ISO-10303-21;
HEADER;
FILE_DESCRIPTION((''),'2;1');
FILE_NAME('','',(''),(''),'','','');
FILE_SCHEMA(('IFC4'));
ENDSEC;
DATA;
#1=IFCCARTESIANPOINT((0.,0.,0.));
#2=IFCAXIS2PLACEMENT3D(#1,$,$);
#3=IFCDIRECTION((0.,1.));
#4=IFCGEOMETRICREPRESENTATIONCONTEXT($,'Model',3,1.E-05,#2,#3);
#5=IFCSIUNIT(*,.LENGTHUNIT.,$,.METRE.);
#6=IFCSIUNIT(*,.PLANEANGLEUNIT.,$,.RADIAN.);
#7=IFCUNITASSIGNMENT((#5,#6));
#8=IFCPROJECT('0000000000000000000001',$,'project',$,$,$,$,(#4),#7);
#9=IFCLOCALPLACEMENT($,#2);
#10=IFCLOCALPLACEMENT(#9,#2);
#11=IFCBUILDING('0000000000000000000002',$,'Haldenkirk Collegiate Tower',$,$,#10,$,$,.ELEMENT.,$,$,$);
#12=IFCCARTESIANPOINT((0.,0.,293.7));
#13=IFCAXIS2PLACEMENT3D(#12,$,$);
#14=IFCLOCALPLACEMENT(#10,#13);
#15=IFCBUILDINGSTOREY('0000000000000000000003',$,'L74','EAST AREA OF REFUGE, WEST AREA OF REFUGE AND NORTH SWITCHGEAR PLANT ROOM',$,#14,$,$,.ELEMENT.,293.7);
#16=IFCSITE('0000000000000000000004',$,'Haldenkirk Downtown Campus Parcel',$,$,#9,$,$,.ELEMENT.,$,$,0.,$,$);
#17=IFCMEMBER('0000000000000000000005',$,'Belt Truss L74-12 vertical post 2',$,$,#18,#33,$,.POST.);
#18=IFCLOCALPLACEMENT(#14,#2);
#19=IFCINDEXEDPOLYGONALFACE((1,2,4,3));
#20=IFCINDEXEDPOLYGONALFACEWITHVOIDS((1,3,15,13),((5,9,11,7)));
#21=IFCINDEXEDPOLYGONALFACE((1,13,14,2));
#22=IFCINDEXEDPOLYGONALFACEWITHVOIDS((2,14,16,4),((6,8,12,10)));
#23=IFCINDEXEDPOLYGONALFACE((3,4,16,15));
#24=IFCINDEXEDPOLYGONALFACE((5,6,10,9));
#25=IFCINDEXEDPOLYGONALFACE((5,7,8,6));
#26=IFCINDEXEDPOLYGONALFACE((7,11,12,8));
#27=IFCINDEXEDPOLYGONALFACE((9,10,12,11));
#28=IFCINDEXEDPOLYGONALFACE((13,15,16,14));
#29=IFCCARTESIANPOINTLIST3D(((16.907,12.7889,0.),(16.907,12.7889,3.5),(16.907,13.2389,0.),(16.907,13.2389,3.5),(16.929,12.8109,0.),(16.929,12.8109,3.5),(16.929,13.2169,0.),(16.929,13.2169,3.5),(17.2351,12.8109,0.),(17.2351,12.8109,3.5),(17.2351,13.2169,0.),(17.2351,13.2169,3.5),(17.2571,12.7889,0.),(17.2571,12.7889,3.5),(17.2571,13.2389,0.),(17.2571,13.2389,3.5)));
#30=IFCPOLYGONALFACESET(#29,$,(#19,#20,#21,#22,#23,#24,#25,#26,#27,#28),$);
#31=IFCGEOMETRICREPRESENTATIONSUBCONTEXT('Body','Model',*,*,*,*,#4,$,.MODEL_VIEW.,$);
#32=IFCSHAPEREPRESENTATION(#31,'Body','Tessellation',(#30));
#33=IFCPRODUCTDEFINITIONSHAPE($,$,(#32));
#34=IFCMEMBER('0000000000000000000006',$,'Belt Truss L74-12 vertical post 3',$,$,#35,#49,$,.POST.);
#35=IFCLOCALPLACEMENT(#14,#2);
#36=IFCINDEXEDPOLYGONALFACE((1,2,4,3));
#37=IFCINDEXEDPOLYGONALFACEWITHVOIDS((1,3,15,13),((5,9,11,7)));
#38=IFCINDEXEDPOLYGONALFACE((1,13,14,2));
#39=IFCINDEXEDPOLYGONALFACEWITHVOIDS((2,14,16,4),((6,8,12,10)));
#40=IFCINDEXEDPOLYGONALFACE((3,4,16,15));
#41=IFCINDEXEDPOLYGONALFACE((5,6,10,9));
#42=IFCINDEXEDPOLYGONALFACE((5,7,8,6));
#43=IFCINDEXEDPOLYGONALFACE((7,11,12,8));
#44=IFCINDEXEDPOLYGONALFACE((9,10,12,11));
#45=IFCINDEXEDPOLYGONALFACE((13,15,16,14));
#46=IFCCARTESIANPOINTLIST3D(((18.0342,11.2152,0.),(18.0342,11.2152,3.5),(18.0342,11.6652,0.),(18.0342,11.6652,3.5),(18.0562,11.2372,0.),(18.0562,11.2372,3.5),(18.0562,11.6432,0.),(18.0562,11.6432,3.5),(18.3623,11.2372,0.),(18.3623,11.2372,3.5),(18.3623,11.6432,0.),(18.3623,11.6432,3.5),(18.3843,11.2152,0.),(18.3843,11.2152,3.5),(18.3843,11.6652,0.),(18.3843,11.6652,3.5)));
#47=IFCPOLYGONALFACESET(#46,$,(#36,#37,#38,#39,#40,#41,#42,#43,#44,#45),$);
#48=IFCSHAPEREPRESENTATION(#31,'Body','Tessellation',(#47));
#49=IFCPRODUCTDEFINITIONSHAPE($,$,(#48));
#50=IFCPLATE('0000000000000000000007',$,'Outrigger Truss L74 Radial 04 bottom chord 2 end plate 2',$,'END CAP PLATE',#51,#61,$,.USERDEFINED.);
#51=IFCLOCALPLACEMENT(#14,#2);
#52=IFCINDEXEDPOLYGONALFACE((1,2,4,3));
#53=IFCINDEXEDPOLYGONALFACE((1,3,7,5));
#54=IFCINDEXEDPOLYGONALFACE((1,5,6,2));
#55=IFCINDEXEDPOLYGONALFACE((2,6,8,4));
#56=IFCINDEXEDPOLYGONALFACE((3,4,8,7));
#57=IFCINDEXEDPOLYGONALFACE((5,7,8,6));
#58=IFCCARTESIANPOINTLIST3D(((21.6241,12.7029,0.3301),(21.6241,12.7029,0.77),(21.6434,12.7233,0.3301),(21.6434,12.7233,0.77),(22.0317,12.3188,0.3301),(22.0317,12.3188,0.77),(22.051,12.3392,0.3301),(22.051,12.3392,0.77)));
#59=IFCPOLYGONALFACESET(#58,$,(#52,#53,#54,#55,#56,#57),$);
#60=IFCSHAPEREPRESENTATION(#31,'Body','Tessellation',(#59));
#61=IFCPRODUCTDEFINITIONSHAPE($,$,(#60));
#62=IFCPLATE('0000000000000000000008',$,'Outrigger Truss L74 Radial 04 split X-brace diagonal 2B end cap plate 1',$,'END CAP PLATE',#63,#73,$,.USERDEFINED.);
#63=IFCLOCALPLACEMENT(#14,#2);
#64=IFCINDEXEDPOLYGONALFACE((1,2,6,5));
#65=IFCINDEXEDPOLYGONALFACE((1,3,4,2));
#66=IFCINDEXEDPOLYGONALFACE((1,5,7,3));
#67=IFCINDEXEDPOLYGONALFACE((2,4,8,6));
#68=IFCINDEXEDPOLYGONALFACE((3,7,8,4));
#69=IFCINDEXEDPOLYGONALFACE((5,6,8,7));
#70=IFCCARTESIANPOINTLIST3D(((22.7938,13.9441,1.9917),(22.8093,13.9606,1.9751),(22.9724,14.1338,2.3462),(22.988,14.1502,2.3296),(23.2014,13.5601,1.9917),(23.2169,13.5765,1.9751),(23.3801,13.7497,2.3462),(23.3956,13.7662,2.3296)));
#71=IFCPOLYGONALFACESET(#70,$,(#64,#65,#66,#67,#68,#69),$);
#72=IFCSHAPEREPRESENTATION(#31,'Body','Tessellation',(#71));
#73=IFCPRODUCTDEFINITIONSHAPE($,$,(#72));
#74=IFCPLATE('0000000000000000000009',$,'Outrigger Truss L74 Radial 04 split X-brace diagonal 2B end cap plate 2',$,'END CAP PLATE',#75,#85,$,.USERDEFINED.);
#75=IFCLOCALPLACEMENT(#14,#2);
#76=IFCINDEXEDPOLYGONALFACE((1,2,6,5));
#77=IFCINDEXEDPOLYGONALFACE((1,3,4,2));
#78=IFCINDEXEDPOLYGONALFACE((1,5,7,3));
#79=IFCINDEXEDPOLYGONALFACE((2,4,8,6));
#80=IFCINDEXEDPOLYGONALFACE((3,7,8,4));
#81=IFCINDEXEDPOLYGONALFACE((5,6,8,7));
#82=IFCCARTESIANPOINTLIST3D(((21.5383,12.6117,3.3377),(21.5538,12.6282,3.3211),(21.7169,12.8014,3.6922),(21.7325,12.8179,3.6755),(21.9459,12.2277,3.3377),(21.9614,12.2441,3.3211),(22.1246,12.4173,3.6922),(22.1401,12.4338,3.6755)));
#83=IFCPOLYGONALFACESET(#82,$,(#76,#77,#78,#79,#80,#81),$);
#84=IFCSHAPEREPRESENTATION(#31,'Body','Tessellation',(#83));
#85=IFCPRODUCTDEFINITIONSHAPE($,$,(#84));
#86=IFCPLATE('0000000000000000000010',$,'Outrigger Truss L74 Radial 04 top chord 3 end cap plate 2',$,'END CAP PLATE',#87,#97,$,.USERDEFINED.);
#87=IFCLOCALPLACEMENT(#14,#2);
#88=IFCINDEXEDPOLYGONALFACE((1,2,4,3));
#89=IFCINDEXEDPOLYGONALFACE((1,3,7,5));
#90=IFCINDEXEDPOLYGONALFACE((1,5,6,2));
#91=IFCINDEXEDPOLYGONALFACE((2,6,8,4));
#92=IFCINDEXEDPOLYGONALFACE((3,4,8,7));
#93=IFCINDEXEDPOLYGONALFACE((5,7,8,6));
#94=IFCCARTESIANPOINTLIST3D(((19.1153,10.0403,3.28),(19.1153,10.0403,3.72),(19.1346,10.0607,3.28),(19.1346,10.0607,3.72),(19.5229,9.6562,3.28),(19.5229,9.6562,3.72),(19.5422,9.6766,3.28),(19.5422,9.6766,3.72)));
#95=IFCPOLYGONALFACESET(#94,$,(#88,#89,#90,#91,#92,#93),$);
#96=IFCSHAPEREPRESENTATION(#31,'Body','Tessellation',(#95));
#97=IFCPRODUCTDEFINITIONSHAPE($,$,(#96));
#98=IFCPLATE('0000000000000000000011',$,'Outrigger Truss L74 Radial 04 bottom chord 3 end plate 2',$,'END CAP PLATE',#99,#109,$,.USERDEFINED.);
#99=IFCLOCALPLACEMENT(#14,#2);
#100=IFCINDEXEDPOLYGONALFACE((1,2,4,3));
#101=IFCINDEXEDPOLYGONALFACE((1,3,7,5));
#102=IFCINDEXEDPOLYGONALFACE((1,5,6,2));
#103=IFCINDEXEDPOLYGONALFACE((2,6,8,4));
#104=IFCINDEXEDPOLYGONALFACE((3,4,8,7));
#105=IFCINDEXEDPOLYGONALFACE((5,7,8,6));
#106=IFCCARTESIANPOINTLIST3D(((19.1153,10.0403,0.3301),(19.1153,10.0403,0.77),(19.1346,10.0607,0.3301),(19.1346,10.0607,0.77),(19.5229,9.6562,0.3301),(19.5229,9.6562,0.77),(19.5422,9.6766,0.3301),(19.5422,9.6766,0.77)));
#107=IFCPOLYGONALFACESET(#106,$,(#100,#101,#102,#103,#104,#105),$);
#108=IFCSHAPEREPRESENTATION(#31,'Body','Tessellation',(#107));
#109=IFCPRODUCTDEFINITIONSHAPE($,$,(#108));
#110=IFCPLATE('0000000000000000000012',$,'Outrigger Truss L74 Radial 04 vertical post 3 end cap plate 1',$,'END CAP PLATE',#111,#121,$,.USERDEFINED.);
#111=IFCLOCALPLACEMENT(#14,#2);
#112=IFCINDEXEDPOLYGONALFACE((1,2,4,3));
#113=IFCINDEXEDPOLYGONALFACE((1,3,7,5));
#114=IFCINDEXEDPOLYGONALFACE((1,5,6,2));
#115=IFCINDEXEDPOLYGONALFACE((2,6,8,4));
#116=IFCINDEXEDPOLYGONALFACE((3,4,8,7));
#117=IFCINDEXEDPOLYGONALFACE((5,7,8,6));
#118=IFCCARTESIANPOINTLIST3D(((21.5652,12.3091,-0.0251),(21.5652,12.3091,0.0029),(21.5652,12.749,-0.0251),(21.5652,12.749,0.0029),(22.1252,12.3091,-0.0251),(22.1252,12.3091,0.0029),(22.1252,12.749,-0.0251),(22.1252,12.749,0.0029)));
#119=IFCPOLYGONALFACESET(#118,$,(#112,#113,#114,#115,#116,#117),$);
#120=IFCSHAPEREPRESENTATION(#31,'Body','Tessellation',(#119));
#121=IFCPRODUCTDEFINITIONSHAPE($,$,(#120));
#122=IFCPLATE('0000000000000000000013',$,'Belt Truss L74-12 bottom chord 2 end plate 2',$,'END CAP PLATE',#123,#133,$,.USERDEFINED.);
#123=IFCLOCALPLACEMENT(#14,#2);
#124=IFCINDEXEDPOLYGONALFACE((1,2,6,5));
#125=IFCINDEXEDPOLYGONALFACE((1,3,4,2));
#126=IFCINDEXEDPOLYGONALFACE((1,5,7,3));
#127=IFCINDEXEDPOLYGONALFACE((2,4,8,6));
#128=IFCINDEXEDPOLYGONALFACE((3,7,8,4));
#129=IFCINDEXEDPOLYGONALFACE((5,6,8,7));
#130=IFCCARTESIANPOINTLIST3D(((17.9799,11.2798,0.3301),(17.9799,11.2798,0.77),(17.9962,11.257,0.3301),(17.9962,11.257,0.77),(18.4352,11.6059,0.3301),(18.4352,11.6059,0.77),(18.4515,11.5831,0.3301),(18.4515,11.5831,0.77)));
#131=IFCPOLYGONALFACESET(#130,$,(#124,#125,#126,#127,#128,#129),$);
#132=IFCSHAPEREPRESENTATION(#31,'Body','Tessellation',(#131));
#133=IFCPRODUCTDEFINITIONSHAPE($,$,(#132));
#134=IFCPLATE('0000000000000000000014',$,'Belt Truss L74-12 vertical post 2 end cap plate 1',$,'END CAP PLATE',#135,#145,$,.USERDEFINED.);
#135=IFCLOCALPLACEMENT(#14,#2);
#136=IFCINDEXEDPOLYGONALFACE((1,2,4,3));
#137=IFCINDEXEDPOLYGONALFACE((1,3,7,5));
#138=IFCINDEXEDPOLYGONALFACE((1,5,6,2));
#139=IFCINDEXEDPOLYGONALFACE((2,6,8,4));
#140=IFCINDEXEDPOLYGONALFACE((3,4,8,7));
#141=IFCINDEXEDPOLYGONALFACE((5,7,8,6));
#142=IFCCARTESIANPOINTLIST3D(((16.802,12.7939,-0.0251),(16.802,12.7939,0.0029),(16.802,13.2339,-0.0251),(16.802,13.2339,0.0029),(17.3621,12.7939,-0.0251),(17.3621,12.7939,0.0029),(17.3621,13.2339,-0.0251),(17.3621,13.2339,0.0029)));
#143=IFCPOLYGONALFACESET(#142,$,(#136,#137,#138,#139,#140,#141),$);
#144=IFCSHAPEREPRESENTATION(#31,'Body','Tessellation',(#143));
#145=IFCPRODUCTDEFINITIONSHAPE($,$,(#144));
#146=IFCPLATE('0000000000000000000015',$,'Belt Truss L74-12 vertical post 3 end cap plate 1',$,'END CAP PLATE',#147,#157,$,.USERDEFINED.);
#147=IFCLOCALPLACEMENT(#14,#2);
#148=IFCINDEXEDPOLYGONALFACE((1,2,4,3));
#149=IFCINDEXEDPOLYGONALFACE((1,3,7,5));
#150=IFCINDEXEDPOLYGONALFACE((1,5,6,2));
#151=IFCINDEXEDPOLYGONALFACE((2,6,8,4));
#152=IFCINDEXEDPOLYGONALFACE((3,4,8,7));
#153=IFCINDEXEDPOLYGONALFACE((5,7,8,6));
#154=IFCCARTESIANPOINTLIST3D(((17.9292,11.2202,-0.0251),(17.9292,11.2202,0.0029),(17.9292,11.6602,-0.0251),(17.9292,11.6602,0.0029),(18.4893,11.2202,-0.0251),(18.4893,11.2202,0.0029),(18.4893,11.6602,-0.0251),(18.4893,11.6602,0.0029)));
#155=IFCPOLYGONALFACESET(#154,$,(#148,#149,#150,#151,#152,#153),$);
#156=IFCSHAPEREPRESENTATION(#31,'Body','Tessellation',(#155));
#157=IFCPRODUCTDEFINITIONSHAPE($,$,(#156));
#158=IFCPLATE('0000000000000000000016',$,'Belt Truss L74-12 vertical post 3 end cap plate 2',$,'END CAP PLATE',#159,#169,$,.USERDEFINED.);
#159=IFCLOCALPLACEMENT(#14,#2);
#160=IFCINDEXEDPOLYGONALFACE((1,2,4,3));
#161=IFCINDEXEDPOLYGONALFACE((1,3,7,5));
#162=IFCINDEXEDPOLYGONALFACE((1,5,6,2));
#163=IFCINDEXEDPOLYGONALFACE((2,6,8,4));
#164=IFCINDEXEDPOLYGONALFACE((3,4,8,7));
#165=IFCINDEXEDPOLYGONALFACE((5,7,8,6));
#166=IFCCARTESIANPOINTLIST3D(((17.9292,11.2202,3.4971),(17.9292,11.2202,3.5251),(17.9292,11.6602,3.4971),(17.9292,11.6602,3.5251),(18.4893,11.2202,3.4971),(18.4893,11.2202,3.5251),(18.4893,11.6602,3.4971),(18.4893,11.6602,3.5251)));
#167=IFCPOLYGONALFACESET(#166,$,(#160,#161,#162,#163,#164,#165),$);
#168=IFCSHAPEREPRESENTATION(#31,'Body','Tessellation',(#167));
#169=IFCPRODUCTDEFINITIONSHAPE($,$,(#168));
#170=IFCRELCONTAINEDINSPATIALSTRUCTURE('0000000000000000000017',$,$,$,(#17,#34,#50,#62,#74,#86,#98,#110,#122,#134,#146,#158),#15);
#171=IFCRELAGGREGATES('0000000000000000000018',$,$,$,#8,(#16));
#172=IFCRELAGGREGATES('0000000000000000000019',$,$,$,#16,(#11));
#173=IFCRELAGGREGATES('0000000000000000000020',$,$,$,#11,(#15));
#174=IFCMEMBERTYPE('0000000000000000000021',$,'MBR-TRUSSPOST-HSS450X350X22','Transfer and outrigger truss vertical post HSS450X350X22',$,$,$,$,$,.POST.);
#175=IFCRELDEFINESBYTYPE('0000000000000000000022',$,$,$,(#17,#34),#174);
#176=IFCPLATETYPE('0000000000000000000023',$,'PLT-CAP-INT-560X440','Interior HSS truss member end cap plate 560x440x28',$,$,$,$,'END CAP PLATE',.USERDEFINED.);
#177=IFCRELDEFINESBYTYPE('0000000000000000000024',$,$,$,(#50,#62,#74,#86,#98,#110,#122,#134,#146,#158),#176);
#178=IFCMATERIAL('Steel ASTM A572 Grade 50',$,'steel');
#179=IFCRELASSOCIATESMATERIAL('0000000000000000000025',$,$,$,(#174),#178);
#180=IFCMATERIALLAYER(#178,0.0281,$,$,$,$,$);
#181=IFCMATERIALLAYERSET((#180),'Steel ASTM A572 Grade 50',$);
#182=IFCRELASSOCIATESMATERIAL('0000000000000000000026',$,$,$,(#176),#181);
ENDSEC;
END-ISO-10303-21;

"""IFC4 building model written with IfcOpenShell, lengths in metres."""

from ifc_helpers import new_model, si_unit, direction, frame, origin, origin_2d, place, context, subcontext, project, spatial, rectangle, hollow_rectangle, extrude, source, transform, mapped, material, layer, layer_set, material_profile, profile_set, type_object, element, save


model = new_model("IFC4")

# Units and contexts
model_context = context("Model", 3, precision=1e-05, world=origin(), true_north=direction((0.0, 1.0)))
body_context = subcontext(model_context, "Body", "Model", "MODEL_VIEW")
ifc_project = project(units=[si_unit("LENGTHUNIT", "METRE"), si_unit("PLANEANGLEUNIT", "RADIAN")], contexts=[model_context])

# Site, building, storey
site_placement = place(None, origin())
site = spatial("IfcSite", under=ifc_project, at=site_placement, Name="Haldenkirk Downtown Campus Parcel", CompositionType="ELEMENT", RefElevation=0.0)
building_placement = place(site_placement, origin())
building = spatial("IfcBuilding", under=site, at=building_placement, Name="Haldenkirk Collegiate Tower", CompositionType="ELEMENT")
storey_placement = place(building_placement, frame((0.0, 0.0, 293.7)))
storey = spatial("IfcBuildingStorey", under=building, at=storey_placement, Name="L74", Description="EAST AREA OF REFUGE, WEST AREA OF REFUGE AND NORTH SWITCHGEAR PLANT ROOM", CompositionType="ELEMENT", Elevation=293.7)

# Members
ifc_material_1 = material(Name="Steel ASTM A572 Grade 50", Category="steel")
ifc_material_profile_1 = material_profile(ifc_material_1, hollow_rectangle(XDim=0.3501, YDim=0.45, WallThickness=0.022, at=origin_2d()), Name="HSS450X350X22")
ifc_profile_set_1 = profile_set([ifc_material_profile_1], Name="Steel ASTM A572 Grade 50")
member_type_1 = type_object("IfcMemberType", Name="MBR-TRUSSPOST-HSS450X350X22", Description="Transfer and outrigger truss vertical post HSS450X350X22", PredefinedType="POST", material=ifc_profile_set_1)
for number, where, z_axis, x_axis, name in (
    (1, (17.082, 13.0139, 0.0), (0.0, 0.0, 1.0), (1.0, 0.0, 0.0), "Belt Truss L74-12 vertical post 2"),
    (2, (18.2092, 11.4402, 0.0), (0.0, 0.0, 1.0), (1.0, 0.0, 0.0), "Belt Truss L74-12 vertical post 3"),
):
    element("IfcMember", number, at=place(storey_placement, frame(where, z_axis=z_axis, x_axis=x_axis)), inside=storey, type_object=member_type_1, Name=name, PredefinedType="POST", context=body_context, shape_type="SweptSolid", body=[
        extrude(hollow_rectangle(XDim=0.3501, YDim=0.45, WallThickness=0.022, at=origin_2d()), origin(), (0.0, 0.0, 1.0), 3.5),
    ])

# Plates
ifc_layer = layer(ifc_material_1, 0.0281)
ifc_layer_set = layer_set([ifc_layer], Name="Steel ASTM A572 Grade 50")
plate_type = type_object("IfcPlateType", Name="PLT-CAP-INT-560X440", Description="Interior HSS truss member end cap plate 560x440x28", ElementType="END CAP PLATE", PredefinedType="USERDEFINED", material=ifc_layer_set)
shared_shape = source(origin(), body_context, "Body", "SweptSolid", [
    extrude(rectangle(XDim=0.5601, YDim=0.4399, at=origin_2d()), origin(), (0.0, 0.0, 1.0), 0.0281),
])
for number, where, z_axis, x_axis, name in (
    (3, (21.8472, 12.5312, 0.55), (-0.685769, -0.727819, 0.0), (0.727819, -0.685769, 0.0), "Outrigger Truss L74 Radial 04 bottom chord 2 end plate 2"),
    (4, (23.0869, 13.8469, 2.1689), (0.552525, 0.586431, -0.592296), (-0.727834, 0.685753, 0.0), "Outrigger Truss L74 Radial 04 split X-brace diagonal 2B end cap plate 1"),
    (5, (21.8469, 12.531, 3.4983), (-0.552525, -0.586431, 0.592296), (0.727834, -0.685753, 0.0), "Outrigger Truss L74 Radial 04 split X-brace diagonal 2B end cap plate 2"),
    (6, (19.3384, 9.8687, 3.5), (-0.685774, -0.727815, 0.0), (0.727815, -0.685774, 0.0), "Outrigger Truss L74 Radial 04 top chord 3 end cap plate 2"),
    (7, (19.3384, 9.8687, 0.55), (-0.685769, -0.727819, 0.0), (0.727819, -0.685769, 0.0), "Outrigger Truss L74 Radial 04 bottom chord 3 end plate 2"),
    (8, (21.8452, 12.5291, 0.0029), (0.0, 0.0, -1.0), (1.0, 0.0, 0.0), "Outrigger Truss L74 Radial 04 vertical post 3 end cap plate 1"),
    (9, (18.2075, 11.4429, 0.55), (0.582308, -0.812968, 0.0), (0.812968, 0.582308, 0.0), "Belt Truss L74-12 bottom chord 2 end plate 2"),
    (10, (17.082, 13.0139, 0.0029), (0.0, 0.0, -1.0), (1.0, 0.0, 0.0), "Belt Truss L74-12 vertical post 2 end cap plate 1"),
    (11, (18.2092, 11.4402, 0.0029), (0.0, 0.0, -1.0), (1.0, 0.0, 0.0), "Belt Truss L74-12 vertical post 3 end cap plate 1"),
    (12, (18.2092, 11.4402, 3.4971), (0.0, 0.0, 1.0), (1.0, 0.0, 0.0), "Belt Truss L74-12 vertical post 3 end cap plate 2"),
):
    element("IfcPlate", number, at=place(storey_placement, frame(where, z_axis=z_axis, x_axis=x_axis)), inside=storey, type_object=plate_type, Name=name, ObjectType="END CAP PLATE", PredefinedType="USERDEFINED", context=body_context, shape_type="MappedRepresentation", body=[
        mapped(shared_shape, transform((0.0, 0.0, 0.0), x_axis=(1.0, 0.0, 0.0), y_axis=(0.0, 1.0, 0.0), z_axis=(0.0, 0.0, 1.0), scale=1.0)),
    ])

save(model, "model.ifc")
